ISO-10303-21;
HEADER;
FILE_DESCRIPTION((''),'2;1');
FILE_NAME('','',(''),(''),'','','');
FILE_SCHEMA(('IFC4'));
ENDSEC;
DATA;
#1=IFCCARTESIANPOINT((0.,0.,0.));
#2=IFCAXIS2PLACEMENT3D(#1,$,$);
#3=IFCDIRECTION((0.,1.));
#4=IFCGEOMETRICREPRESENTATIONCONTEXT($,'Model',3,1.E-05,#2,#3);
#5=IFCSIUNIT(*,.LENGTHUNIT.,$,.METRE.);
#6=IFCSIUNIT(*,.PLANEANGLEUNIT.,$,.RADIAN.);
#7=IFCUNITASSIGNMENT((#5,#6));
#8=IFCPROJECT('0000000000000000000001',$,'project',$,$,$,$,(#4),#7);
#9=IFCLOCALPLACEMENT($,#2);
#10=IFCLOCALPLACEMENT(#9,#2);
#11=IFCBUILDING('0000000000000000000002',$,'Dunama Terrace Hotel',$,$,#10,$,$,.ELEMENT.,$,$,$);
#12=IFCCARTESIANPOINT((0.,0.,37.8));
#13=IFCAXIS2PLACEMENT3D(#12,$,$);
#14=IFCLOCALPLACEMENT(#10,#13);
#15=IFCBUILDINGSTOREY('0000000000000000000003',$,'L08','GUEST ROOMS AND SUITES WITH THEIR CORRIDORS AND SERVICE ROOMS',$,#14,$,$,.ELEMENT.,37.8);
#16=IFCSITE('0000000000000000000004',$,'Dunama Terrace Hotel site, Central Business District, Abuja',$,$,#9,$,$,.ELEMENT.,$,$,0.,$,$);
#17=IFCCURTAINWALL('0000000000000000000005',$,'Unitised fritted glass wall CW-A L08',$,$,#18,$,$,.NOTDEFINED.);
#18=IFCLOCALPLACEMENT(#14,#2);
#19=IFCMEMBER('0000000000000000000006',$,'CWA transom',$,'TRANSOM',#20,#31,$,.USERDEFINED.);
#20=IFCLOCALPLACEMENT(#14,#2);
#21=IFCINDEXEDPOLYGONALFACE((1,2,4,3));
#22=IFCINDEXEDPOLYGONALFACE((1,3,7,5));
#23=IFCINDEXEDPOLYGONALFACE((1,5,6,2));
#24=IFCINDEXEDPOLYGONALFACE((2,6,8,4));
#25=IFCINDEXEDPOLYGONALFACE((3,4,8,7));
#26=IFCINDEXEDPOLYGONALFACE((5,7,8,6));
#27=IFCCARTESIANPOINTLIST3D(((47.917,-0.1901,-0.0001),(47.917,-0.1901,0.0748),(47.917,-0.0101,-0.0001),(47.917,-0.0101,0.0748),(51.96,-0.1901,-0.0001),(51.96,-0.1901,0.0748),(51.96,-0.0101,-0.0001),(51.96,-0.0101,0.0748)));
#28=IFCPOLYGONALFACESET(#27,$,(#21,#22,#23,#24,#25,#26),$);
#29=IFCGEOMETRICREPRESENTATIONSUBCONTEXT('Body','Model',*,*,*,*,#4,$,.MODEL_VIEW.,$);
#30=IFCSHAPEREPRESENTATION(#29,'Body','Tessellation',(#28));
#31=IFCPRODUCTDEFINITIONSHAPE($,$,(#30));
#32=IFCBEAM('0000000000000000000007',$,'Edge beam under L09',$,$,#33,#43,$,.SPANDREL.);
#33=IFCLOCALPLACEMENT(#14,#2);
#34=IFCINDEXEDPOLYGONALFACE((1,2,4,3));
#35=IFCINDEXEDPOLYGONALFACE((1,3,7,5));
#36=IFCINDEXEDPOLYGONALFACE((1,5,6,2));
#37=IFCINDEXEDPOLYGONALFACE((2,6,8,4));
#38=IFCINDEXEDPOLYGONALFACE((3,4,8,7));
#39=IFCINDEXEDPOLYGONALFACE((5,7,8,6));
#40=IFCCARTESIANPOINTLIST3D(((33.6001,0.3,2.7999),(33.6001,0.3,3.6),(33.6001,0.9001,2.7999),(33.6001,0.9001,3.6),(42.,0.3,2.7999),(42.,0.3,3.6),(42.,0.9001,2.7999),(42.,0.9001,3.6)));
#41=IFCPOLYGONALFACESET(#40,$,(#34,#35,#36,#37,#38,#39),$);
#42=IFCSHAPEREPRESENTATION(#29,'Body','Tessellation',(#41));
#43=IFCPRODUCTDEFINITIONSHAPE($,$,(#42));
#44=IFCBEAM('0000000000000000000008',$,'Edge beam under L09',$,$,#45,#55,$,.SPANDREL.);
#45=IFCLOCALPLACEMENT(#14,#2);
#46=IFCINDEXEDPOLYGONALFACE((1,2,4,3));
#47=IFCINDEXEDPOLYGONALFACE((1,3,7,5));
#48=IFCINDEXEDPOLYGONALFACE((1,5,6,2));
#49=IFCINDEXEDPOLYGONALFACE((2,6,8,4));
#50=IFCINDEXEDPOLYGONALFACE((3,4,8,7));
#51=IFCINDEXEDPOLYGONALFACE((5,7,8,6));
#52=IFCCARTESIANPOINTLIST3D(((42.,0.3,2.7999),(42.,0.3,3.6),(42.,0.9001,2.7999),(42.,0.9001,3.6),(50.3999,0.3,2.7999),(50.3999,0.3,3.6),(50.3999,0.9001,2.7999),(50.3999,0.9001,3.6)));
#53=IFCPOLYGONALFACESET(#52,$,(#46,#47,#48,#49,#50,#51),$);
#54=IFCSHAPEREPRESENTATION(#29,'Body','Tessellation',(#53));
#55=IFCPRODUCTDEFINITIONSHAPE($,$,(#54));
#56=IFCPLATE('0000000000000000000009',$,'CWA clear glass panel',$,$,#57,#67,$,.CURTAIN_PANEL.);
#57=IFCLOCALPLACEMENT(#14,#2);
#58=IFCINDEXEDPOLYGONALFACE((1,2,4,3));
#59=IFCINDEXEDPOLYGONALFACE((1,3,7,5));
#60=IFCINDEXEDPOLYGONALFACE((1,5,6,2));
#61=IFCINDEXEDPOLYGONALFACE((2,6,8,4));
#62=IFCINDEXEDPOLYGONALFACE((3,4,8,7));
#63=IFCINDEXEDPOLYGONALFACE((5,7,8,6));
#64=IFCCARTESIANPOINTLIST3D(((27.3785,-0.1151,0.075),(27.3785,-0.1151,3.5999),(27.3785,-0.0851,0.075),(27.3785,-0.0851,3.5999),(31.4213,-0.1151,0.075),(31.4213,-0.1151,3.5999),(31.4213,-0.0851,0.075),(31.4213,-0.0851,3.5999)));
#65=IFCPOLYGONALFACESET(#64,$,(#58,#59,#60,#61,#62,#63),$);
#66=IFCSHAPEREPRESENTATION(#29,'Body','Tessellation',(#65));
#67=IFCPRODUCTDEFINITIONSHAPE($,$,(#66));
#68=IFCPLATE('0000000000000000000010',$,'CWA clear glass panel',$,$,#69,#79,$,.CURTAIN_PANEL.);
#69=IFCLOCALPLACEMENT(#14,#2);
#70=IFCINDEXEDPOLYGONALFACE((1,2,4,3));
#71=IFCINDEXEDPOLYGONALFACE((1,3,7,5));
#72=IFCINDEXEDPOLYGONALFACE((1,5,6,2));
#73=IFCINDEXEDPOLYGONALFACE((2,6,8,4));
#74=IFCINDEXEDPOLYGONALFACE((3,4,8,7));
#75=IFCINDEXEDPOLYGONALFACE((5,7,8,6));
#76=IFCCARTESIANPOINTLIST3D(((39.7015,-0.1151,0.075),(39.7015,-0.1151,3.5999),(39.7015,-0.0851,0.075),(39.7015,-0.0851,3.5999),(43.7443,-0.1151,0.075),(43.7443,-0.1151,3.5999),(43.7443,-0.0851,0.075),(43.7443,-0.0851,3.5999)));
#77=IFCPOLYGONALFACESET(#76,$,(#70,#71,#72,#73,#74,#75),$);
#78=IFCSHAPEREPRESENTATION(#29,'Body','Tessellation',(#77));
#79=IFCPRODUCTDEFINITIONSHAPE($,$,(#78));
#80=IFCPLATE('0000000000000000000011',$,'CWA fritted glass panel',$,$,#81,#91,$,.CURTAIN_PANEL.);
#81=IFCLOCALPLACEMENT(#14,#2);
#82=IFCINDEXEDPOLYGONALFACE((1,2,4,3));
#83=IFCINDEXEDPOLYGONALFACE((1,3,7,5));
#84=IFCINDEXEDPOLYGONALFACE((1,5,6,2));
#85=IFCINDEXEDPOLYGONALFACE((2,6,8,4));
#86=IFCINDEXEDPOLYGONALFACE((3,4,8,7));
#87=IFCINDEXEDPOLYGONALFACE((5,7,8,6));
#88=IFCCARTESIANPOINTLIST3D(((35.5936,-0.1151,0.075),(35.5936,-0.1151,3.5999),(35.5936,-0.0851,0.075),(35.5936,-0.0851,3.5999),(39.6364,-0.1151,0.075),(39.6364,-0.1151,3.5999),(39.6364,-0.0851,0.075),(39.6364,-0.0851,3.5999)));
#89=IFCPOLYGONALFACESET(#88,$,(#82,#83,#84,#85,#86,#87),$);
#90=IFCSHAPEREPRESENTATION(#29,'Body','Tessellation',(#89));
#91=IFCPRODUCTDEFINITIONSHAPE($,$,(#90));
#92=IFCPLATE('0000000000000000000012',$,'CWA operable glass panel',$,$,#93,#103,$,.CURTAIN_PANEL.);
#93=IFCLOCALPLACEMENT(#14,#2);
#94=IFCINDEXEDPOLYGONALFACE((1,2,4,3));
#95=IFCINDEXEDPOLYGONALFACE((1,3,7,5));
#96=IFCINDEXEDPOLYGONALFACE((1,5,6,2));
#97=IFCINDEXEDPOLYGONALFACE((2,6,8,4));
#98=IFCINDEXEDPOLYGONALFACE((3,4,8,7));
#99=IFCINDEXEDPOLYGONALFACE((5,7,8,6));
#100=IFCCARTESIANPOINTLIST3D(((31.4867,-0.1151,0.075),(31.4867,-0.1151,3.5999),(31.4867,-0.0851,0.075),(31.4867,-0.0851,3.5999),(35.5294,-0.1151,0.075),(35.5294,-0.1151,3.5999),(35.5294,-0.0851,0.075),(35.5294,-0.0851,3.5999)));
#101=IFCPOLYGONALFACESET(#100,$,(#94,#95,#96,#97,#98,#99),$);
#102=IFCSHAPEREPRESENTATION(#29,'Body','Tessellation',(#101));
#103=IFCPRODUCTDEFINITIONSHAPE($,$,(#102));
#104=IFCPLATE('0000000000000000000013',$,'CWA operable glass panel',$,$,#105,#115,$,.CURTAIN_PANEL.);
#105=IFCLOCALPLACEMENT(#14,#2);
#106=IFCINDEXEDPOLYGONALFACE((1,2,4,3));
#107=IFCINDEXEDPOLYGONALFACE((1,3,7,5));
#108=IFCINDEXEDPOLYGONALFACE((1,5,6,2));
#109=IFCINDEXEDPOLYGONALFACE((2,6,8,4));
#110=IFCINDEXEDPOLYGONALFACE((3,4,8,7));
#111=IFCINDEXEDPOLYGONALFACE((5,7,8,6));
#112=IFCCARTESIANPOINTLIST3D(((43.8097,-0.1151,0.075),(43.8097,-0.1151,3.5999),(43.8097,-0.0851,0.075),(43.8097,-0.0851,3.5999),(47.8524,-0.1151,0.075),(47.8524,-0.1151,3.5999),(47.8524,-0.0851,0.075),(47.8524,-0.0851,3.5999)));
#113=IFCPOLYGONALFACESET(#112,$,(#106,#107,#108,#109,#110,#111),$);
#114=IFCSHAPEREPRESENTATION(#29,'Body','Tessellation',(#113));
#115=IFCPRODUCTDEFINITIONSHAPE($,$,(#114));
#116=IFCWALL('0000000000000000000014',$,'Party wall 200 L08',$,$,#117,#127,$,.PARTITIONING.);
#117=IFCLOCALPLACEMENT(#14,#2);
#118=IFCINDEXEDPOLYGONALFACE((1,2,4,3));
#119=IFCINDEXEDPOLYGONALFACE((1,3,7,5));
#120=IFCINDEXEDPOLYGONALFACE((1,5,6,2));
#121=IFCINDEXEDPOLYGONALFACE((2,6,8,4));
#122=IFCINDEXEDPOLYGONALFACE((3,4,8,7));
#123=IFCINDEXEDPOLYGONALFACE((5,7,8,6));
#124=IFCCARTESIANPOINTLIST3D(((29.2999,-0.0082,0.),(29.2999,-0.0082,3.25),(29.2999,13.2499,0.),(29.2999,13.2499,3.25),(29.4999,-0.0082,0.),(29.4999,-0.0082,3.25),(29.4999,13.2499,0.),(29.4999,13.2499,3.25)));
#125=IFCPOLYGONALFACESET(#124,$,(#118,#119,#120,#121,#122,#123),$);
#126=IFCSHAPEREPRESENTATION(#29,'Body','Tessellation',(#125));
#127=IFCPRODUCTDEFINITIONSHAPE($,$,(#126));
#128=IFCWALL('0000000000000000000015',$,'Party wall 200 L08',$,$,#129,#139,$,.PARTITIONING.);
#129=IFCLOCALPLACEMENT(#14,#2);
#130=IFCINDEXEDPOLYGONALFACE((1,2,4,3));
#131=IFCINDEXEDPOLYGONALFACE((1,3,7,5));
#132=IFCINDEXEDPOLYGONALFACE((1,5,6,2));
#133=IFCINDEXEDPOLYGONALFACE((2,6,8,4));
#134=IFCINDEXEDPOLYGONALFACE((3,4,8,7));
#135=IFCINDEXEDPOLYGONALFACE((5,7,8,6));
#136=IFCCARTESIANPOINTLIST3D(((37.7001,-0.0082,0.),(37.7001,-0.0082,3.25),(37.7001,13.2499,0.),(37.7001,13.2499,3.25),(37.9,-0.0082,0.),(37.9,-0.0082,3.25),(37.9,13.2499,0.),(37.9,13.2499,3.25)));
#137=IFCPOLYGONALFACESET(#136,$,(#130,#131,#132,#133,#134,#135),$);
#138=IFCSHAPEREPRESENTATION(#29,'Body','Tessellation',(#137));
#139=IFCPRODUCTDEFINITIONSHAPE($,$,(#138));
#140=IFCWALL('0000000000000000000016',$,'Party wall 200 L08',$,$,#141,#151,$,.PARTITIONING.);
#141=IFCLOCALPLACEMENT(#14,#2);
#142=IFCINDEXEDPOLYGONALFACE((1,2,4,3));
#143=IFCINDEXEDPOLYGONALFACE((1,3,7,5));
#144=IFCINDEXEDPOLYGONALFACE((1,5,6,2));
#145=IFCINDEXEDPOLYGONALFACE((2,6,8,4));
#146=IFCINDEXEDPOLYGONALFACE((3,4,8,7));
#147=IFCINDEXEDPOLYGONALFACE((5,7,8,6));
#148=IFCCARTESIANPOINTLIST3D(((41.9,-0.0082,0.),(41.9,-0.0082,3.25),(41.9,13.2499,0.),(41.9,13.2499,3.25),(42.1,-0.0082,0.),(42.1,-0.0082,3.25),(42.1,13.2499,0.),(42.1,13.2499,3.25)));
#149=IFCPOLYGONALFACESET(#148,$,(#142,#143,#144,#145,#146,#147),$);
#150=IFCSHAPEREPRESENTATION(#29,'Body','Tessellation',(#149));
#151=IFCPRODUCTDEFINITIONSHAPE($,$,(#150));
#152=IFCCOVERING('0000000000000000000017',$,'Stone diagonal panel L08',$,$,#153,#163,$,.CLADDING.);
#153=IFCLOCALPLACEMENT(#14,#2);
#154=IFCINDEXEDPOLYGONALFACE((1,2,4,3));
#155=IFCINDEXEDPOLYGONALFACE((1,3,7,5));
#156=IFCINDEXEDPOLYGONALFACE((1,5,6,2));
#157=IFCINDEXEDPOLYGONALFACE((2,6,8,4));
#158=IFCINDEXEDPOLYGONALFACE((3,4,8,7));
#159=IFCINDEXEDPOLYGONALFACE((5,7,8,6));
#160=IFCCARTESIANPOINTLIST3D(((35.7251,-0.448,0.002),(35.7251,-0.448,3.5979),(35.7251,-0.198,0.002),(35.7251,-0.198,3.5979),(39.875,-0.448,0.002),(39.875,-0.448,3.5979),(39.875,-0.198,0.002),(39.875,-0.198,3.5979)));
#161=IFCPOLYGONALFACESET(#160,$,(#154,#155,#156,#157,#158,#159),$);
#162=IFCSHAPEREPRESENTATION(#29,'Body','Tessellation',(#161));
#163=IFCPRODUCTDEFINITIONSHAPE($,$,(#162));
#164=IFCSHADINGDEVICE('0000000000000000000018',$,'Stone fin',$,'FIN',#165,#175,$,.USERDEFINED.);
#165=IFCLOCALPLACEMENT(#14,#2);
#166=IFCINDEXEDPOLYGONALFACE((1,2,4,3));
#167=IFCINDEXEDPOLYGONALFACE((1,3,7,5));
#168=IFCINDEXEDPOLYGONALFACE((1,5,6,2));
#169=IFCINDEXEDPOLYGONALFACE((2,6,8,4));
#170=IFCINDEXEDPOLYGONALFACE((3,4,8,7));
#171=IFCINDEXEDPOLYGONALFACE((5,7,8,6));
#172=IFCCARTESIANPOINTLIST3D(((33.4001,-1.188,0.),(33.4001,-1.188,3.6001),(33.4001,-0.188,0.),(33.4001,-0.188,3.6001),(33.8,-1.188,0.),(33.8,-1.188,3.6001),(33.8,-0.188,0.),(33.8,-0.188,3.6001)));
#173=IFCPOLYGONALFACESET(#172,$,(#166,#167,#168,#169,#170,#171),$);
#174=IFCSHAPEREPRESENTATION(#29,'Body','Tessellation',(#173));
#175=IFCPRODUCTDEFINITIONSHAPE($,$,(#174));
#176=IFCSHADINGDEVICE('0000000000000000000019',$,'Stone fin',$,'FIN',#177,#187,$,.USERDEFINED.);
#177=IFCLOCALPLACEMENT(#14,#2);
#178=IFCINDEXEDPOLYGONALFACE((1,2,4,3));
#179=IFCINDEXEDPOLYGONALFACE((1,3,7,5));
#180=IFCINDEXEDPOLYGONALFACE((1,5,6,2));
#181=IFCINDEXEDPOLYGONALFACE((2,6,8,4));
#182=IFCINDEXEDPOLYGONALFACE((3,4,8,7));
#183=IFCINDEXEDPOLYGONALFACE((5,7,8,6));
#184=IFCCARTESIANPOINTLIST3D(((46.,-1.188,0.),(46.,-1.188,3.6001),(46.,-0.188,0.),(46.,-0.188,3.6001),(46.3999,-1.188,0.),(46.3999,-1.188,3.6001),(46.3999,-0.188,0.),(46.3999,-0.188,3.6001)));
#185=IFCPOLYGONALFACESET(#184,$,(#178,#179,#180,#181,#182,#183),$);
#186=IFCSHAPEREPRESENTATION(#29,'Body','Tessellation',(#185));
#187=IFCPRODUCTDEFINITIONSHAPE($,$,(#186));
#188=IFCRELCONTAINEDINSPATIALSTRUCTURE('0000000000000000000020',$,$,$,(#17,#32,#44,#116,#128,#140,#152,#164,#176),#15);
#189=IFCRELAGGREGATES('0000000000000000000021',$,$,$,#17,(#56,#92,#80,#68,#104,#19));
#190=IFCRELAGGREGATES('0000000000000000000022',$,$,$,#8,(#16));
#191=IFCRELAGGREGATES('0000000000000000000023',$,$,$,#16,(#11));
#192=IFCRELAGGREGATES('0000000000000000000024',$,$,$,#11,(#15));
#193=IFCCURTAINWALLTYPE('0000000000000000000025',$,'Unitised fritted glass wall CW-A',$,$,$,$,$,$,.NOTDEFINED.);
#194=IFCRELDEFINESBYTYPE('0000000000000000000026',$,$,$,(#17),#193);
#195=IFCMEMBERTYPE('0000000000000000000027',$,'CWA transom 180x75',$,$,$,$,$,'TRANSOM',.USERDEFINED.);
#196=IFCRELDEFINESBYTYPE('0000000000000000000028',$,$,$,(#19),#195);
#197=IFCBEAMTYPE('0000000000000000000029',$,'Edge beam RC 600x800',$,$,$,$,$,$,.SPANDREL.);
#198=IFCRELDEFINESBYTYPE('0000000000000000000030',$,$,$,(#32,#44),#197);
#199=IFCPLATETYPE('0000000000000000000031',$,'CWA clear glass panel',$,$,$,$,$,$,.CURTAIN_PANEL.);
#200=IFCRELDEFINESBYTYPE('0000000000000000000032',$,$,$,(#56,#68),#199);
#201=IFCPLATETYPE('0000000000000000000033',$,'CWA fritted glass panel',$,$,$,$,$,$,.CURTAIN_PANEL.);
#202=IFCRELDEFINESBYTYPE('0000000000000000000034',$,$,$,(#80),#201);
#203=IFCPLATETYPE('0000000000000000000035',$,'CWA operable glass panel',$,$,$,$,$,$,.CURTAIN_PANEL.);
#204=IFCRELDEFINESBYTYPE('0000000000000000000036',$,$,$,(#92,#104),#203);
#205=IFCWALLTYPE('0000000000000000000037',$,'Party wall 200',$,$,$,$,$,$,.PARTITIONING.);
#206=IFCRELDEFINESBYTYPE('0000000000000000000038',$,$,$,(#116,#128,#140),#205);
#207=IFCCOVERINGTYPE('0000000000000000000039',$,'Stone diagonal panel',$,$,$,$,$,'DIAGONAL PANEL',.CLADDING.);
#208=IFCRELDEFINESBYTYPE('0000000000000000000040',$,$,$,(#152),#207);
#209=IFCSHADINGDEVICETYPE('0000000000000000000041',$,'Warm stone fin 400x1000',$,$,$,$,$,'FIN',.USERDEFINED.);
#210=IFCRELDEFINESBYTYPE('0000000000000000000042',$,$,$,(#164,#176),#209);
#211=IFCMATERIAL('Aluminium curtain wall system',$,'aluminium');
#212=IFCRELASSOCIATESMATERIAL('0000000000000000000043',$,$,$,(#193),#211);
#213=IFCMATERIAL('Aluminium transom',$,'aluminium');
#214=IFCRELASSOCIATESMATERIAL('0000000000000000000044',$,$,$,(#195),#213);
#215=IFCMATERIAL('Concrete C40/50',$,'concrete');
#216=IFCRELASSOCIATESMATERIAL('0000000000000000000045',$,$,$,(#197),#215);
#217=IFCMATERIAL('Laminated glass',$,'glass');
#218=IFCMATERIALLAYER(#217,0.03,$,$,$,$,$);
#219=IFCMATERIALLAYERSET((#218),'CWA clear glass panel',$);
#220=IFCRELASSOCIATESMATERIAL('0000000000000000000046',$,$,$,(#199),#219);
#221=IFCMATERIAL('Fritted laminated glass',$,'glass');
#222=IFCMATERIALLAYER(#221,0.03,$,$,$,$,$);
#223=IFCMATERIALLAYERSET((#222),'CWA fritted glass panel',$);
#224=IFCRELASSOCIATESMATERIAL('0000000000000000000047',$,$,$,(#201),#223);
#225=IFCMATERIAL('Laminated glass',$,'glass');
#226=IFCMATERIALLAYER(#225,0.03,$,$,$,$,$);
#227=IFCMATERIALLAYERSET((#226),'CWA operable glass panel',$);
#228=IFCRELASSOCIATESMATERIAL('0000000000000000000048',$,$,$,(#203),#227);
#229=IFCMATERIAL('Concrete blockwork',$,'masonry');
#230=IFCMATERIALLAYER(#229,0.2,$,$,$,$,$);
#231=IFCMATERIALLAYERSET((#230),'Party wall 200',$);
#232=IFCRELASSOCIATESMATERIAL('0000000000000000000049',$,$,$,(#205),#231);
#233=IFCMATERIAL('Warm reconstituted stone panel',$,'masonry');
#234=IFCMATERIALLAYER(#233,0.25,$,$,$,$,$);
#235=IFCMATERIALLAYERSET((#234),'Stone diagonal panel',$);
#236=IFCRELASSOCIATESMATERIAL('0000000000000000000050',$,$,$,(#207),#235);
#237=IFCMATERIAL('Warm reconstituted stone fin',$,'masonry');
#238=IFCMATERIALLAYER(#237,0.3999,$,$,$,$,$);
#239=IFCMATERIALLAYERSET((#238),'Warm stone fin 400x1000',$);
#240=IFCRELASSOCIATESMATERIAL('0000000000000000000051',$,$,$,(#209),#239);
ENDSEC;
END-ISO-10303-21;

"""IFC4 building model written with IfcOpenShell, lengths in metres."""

from ifc_helpers import new_model, si_unit, direction, frame, frame_2d, origin, origin_2d, place, context, subcontext, project, spatial, rectangle, extrude, material, layer, layer_set, material_profile, profile_set, type_object, element, aggregate, save


model = new_model("IFC4")

# Units and contexts
model_context = context("Model", 3, precision=1e-05, world=origin(), true_north=direction((0.0, 1.0)))
body_context = subcontext(model_context, "Body", "Model", "MODEL_VIEW")
ifc_project = project(units=[si_unit("LENGTHUNIT", "METRE"), si_unit("PLANEANGLEUNIT", "RADIAN")], contexts=[model_context])

# Site, building, storey
site_placement = place(None, origin())
site = spatial("IfcSite", under=ifc_project, at=site_placement, Name="Dunama Terrace Hotel site, Central Business District, Abuja", CompositionType="ELEMENT", RefElevation=0.0)
building_placement = place(site_placement, origin())
building = spatial("IfcBuilding", under=site, at=building_placement, Name="Dunama Terrace Hotel", CompositionType="ELEMENT")
storey_placement = place(building_placement, frame((0.0, 0.0, 37.8)))
storey = spatial("IfcBuildingStorey", under=building, at=storey_placement, Name="L08", Description="GUEST ROOMS AND SUITES WITH THEIR CORRIDORS AND SERVICE ROOMS", CompositionType="ELEMENT", Elevation=37.8)

# Curtain wall, member
ifc_material_1 = material(Name="Aluminium curtain wall system", Category="aluminium")
curtain_wall_type = type_object("IfcCurtainWallType", Name="Unitised fritted glass wall CW-A", PredefinedType="NOTDEFINED", material=ifc_material_1)
curtain_wall_placement = place(storey_placement, origin())
curtain_wall = element("IfcCurtainWall", 1, at=curtain_wall_placement, inside=storey, type_object=curtain_wall_type, Name="Unitised fritted glass wall CW-A L08", PredefinedType="NOTDEFINED")
ifc_material_2 = material(Name="Aluminium transom", Category="aluminium")
ifc_material_profile_1 = material_profile(ifc_material_2, rectangle(XDim=0.1799, YDim=0.075, at=origin_2d()), Name="CWA TRANSOM 180X75")
ifc_profile_set_1 = profile_set([ifc_material_profile_1], Name="Aluminium transom")
member_type_1 = type_object("IfcMemberType", Name="CWA transom 180x75", ElementType="TRANSOM", PredefinedType="USERDEFINED", material=ifc_profile_set_1)
member_1_placement = place(storey_placement, frame((47.917, -0.1001, 0.0374), z_axis=(1.0, 0.0, 0.0), x_axis=(0.0, 1.0, 0.0)))
member_1 = element("IfcMember", 2, at=member_1_placement, type_object=member_type_1, Name="CWA transom", ObjectType="TRANSOM", PredefinedType="USERDEFINED", context=body_context, shape_type="SweptSolid", body=[
    extrude(rectangle(XDim=0.1799, YDim=0.075, at=origin_2d()), origin(), (0.0, 0.0, 1.0), 4.043),
])

# Beams
ifc_material_3 = material(Name="Concrete C40/50", Category="concrete")
ifc_material_profile_2 = material_profile(ifc_material_3, rectangle(XDim=0.6001, YDim=0.8, at=origin_2d()), Name="RC 600x800")
ifc_profile_set_2 = profile_set([ifc_material_profile_2], Name="Concrete C40/50")
beam_type = type_object("IfcBeamType", Name="Edge beam RC 600x800", PredefinedType="SPANDREL", material=ifc_profile_set_2)
for number, where, z_axis, x_axis, name in (
    (3, (33.6001, 0.6001, 3.2), (1.0, 0.0, 0.0), (0.0, 1.0, 0.0), "Edge beam under L09"),
    (4, (42.0, 0.6001, 3.2), (1.0, 0.0, 0.0), (0.0, 1.0, 0.0), "Edge beam under L09"),
):
    element("IfcBeam", number, at=place(storey_placement, frame(where, z_axis=z_axis, x_axis=x_axis)), inside=storey, type_object=beam_type, Name=name, PredefinedType="SPANDREL", context=body_context, shape_type="SweptSolid", body=[
        extrude(rectangle(XDim=0.6001, YDim=0.8, at=origin_2d()), origin(), (0.0, 0.0, 1.0), 8.3999),
    ])

# Plates
ifc_material_4 = material(Name="Laminated glass", Category="glass")
ifc_layer_1 = layer(ifc_material_4, 0.03)
ifc_layer_set_1 = layer_set([ifc_layer_1], Name="CWA clear glass panel")
plate_type_1 = type_object("IfcPlateType", Name="CWA clear glass panel", PredefinedType="CURTAIN_PANEL", material=ifc_layer_set_1)
plate_1_placement = place(storey_placement, frame((29.3999, -0.1001, 0.075), z_axis=(0.0, 0.0, 1.0), x_axis=(1.0, 0.0, 0.0)))
plate_1 = element("IfcPlate", 5, at=plate_1_placement, type_object=plate_type_1, Name="CWA clear glass panel", PredefinedType="CURTAIN_PANEL", context=body_context, shape_type="SweptSolid", body=[
    extrude(rectangle(XDim=4.0427, YDim=0.03, at=origin_2d()), origin(), (0.0, 0.0, 1.0), 3.5249),
])
plate_2_placement = place(storey_placement, frame((41.7229, -0.1001, 0.075), z_axis=(0.0, 0.0, 1.0), x_axis=(1.0, 0.0, 0.0)))
plate_2 = element("IfcPlate", 6, at=plate_2_placement, type_object=plate_type_1, Name="CWA clear glass panel", PredefinedType="CURTAIN_PANEL", context=body_context, shape_type="SweptSolid", body=[
    extrude(rectangle(XDim=4.0427, YDim=0.03, at=origin_2d()), origin(), (0.0, 0.0, 1.0), 3.5249),
])
ifc_material_5 = material(Name="Fritted laminated glass", Category="glass")
ifc_layer_2 = layer(ifc_material_5, 0.03)
ifc_layer_set_2 = layer_set([ifc_layer_2], Name="CWA fritted glass panel")
plate_type_2 = type_object("IfcPlateType", Name="CWA fritted glass panel", PredefinedType="CURTAIN_PANEL", material=ifc_layer_set_2)
plate_3_placement = place(storey_placement, frame((37.615, -0.1001, 0.075), z_axis=(0.0, 0.0, 1.0), x_axis=(1.0, 0.0, 0.0)))
plate_3 = element("IfcPlate", 7, at=plate_3_placement, type_object=plate_type_2, Name="CWA fritted glass panel", PredefinedType="CURTAIN_PANEL", context=body_context, shape_type="SweptSolid", body=[
    extrude(rectangle(XDim=4.0427, YDim=0.03, at=origin_2d()), origin(), (0.0, 0.0, 1.0), 3.5249),
])
ifc_material_6 = material(Name="Laminated glass", Category="glass")
ifc_layer_3 = layer(ifc_material_6, 0.03)
ifc_layer_set_3 = layer_set([ifc_layer_3], Name="CWA operable glass panel")
plate_type_3 = type_object("IfcPlateType", Name="CWA operable glass panel", PredefinedType="CURTAIN_PANEL", material=ifc_layer_set_3)
plate_4_placement = place(storey_placement, frame((33.5081, -0.1001, 0.075), z_axis=(0.0, 0.0, 1.0), x_axis=(1.0, 0.0, 0.0)))
plate_4 = element("IfcPlate", 8, at=plate_4_placement, type_object=plate_type_3, Name="CWA operable glass panel", PredefinedType="CURTAIN_PANEL", context=body_context, shape_type="SweptSolid", body=[
    extrude(rectangle(XDim=4.0427, YDim=0.03, at=origin_2d()), origin(), (0.0, 0.0, 1.0), 3.5249),
])
plate_5_placement = place(storey_placement, frame((45.8311, -0.1001, 0.075), z_axis=(0.0, 0.0, 1.0), x_axis=(1.0, 0.0, 0.0)))
plate_5 = element("IfcPlate", 9, at=plate_5_placement, type_object=plate_type_3, Name="CWA operable glass panel", PredefinedType="CURTAIN_PANEL", context=body_context, shape_type="SweptSolid", body=[
    extrude(rectangle(XDim=4.0427, YDim=0.03, at=origin_2d()), origin(), (0.0, 0.0, 1.0), 3.5249),
])
aggregate(curtain_wall, [plate_1, plate_4, plate_3, plate_2, plate_5, member_1])

# Walls
ifc_material_7 = material(Name="Concrete blockwork", Category="masonry")
ifc_layer_4 = layer(ifc_material_7, 0.2)
ifc_layer_set_4 = layer_set([ifc_layer_4], Name="Party wall 200")
wall_type = type_object("IfcWallType", Name="Party wall 200", PredefinedType="PARTITIONING", material=ifc_layer_set_4)
for number, where, z_axis, x_axis, name in (
    (10, (29.3999, -0.0081, 0.0), (0.0, 0.0, 1.0), (0.0, 1.0, 0.0), "Party wall 200 L08"),
    (11, (37.8, -0.0081, 0.0), (0.0, 0.0, 1.0), (0.0, 1.0, 0.0), "Party wall 200 L08"),
    (12, (42.0, -0.0081, 0.0), (0.0, 0.0, 1.0), (0.0, 1.0, 0.0), "Party wall 200 L08"),
):
    element("IfcWall", number, at=place(storey_placement, frame(where, z_axis=z_axis, x_axis=x_axis)), inside=storey, type_object=wall_type, Name=name, PredefinedType="PARTITIONING", context=body_context, shape_type="SweptSolid", body=[
        extrude(rectangle(XDim=13.2581, YDim=0.2, at=frame_2d((6.6289, 0.0))), origin(), (0.0, 0.0, 1.0), 3.25),
    ])

# Covering
ifc_material_8 = material(Name="Warm reconstituted stone panel", Category="masonry")
ifc_layer_5 = layer(ifc_material_8, 0.25)
ifc_layer_set_5 = layer_set([ifc_layer_5], Name="Stone diagonal panel")
covering_type = type_object("IfcCoveringType", Name="Stone diagonal panel", ElementType="DIAGONAL PANEL", PredefinedType="CLADDING", material=ifc_layer_set_5)
covering_placement = place(storey_placement, frame((37.8, -0.323, 0.002), z_axis=(0.0, 0.0, 1.0), x_axis=(1.0, 0.0, 0.0)))
element("IfcCovering", 13, at=covering_placement, inside=storey, type_object=covering_type, Name="Stone diagonal panel L08", PredefinedType="CLADDING", context=body_context, shape_type="SweptSolid", body=[
    extrude(rectangle(XDim=4.1499, YDim=0.25, at=origin_2d()), origin(), (0.0, 0.0, 1.0), 3.5959),
])

# Shading devices
ifc_material_9 = material(Name="Warm reconstituted stone fin", Category="masonry")
ifc_layer_6 = layer(ifc_material_9, 0.3999)
ifc_layer_set_6 = layer_set([ifc_layer_6], Name="Warm stone fin 400x1000")
shading_device_type = type_object("IfcShadingDeviceType", Name="Warm stone fin 400x1000", ElementType="FIN", PredefinedType="USERDEFINED", material=ifc_layer_set_6)
for number, where, z_axis, x_axis, name in (
    (14, (33.6001, -0.688, 0.0), (0.0, 0.0, 1.0), (1.0, 0.0, 0.0), "Stone fin"),
    (15, (46.2, -0.688, 0.0), (0.0, 0.0, 1.0), (1.0, 0.0, 0.0), "Stone fin"),
):
    element("IfcShadingDevice", number, at=place(storey_placement, frame(where, z_axis=z_axis, x_axis=x_axis)), inside=storey, type_object=shading_device_type, Name=name, ObjectType="FIN", PredefinedType="USERDEFINED", context=body_context, shape_type="SweptSolid", body=[
        extrude(rectangle(XDim=0.3999, YDim=1.0, at=origin_2d()), origin(), (0.0, 0.0, 1.0), 3.6001),
    ])

save(model, "model.ifc")
